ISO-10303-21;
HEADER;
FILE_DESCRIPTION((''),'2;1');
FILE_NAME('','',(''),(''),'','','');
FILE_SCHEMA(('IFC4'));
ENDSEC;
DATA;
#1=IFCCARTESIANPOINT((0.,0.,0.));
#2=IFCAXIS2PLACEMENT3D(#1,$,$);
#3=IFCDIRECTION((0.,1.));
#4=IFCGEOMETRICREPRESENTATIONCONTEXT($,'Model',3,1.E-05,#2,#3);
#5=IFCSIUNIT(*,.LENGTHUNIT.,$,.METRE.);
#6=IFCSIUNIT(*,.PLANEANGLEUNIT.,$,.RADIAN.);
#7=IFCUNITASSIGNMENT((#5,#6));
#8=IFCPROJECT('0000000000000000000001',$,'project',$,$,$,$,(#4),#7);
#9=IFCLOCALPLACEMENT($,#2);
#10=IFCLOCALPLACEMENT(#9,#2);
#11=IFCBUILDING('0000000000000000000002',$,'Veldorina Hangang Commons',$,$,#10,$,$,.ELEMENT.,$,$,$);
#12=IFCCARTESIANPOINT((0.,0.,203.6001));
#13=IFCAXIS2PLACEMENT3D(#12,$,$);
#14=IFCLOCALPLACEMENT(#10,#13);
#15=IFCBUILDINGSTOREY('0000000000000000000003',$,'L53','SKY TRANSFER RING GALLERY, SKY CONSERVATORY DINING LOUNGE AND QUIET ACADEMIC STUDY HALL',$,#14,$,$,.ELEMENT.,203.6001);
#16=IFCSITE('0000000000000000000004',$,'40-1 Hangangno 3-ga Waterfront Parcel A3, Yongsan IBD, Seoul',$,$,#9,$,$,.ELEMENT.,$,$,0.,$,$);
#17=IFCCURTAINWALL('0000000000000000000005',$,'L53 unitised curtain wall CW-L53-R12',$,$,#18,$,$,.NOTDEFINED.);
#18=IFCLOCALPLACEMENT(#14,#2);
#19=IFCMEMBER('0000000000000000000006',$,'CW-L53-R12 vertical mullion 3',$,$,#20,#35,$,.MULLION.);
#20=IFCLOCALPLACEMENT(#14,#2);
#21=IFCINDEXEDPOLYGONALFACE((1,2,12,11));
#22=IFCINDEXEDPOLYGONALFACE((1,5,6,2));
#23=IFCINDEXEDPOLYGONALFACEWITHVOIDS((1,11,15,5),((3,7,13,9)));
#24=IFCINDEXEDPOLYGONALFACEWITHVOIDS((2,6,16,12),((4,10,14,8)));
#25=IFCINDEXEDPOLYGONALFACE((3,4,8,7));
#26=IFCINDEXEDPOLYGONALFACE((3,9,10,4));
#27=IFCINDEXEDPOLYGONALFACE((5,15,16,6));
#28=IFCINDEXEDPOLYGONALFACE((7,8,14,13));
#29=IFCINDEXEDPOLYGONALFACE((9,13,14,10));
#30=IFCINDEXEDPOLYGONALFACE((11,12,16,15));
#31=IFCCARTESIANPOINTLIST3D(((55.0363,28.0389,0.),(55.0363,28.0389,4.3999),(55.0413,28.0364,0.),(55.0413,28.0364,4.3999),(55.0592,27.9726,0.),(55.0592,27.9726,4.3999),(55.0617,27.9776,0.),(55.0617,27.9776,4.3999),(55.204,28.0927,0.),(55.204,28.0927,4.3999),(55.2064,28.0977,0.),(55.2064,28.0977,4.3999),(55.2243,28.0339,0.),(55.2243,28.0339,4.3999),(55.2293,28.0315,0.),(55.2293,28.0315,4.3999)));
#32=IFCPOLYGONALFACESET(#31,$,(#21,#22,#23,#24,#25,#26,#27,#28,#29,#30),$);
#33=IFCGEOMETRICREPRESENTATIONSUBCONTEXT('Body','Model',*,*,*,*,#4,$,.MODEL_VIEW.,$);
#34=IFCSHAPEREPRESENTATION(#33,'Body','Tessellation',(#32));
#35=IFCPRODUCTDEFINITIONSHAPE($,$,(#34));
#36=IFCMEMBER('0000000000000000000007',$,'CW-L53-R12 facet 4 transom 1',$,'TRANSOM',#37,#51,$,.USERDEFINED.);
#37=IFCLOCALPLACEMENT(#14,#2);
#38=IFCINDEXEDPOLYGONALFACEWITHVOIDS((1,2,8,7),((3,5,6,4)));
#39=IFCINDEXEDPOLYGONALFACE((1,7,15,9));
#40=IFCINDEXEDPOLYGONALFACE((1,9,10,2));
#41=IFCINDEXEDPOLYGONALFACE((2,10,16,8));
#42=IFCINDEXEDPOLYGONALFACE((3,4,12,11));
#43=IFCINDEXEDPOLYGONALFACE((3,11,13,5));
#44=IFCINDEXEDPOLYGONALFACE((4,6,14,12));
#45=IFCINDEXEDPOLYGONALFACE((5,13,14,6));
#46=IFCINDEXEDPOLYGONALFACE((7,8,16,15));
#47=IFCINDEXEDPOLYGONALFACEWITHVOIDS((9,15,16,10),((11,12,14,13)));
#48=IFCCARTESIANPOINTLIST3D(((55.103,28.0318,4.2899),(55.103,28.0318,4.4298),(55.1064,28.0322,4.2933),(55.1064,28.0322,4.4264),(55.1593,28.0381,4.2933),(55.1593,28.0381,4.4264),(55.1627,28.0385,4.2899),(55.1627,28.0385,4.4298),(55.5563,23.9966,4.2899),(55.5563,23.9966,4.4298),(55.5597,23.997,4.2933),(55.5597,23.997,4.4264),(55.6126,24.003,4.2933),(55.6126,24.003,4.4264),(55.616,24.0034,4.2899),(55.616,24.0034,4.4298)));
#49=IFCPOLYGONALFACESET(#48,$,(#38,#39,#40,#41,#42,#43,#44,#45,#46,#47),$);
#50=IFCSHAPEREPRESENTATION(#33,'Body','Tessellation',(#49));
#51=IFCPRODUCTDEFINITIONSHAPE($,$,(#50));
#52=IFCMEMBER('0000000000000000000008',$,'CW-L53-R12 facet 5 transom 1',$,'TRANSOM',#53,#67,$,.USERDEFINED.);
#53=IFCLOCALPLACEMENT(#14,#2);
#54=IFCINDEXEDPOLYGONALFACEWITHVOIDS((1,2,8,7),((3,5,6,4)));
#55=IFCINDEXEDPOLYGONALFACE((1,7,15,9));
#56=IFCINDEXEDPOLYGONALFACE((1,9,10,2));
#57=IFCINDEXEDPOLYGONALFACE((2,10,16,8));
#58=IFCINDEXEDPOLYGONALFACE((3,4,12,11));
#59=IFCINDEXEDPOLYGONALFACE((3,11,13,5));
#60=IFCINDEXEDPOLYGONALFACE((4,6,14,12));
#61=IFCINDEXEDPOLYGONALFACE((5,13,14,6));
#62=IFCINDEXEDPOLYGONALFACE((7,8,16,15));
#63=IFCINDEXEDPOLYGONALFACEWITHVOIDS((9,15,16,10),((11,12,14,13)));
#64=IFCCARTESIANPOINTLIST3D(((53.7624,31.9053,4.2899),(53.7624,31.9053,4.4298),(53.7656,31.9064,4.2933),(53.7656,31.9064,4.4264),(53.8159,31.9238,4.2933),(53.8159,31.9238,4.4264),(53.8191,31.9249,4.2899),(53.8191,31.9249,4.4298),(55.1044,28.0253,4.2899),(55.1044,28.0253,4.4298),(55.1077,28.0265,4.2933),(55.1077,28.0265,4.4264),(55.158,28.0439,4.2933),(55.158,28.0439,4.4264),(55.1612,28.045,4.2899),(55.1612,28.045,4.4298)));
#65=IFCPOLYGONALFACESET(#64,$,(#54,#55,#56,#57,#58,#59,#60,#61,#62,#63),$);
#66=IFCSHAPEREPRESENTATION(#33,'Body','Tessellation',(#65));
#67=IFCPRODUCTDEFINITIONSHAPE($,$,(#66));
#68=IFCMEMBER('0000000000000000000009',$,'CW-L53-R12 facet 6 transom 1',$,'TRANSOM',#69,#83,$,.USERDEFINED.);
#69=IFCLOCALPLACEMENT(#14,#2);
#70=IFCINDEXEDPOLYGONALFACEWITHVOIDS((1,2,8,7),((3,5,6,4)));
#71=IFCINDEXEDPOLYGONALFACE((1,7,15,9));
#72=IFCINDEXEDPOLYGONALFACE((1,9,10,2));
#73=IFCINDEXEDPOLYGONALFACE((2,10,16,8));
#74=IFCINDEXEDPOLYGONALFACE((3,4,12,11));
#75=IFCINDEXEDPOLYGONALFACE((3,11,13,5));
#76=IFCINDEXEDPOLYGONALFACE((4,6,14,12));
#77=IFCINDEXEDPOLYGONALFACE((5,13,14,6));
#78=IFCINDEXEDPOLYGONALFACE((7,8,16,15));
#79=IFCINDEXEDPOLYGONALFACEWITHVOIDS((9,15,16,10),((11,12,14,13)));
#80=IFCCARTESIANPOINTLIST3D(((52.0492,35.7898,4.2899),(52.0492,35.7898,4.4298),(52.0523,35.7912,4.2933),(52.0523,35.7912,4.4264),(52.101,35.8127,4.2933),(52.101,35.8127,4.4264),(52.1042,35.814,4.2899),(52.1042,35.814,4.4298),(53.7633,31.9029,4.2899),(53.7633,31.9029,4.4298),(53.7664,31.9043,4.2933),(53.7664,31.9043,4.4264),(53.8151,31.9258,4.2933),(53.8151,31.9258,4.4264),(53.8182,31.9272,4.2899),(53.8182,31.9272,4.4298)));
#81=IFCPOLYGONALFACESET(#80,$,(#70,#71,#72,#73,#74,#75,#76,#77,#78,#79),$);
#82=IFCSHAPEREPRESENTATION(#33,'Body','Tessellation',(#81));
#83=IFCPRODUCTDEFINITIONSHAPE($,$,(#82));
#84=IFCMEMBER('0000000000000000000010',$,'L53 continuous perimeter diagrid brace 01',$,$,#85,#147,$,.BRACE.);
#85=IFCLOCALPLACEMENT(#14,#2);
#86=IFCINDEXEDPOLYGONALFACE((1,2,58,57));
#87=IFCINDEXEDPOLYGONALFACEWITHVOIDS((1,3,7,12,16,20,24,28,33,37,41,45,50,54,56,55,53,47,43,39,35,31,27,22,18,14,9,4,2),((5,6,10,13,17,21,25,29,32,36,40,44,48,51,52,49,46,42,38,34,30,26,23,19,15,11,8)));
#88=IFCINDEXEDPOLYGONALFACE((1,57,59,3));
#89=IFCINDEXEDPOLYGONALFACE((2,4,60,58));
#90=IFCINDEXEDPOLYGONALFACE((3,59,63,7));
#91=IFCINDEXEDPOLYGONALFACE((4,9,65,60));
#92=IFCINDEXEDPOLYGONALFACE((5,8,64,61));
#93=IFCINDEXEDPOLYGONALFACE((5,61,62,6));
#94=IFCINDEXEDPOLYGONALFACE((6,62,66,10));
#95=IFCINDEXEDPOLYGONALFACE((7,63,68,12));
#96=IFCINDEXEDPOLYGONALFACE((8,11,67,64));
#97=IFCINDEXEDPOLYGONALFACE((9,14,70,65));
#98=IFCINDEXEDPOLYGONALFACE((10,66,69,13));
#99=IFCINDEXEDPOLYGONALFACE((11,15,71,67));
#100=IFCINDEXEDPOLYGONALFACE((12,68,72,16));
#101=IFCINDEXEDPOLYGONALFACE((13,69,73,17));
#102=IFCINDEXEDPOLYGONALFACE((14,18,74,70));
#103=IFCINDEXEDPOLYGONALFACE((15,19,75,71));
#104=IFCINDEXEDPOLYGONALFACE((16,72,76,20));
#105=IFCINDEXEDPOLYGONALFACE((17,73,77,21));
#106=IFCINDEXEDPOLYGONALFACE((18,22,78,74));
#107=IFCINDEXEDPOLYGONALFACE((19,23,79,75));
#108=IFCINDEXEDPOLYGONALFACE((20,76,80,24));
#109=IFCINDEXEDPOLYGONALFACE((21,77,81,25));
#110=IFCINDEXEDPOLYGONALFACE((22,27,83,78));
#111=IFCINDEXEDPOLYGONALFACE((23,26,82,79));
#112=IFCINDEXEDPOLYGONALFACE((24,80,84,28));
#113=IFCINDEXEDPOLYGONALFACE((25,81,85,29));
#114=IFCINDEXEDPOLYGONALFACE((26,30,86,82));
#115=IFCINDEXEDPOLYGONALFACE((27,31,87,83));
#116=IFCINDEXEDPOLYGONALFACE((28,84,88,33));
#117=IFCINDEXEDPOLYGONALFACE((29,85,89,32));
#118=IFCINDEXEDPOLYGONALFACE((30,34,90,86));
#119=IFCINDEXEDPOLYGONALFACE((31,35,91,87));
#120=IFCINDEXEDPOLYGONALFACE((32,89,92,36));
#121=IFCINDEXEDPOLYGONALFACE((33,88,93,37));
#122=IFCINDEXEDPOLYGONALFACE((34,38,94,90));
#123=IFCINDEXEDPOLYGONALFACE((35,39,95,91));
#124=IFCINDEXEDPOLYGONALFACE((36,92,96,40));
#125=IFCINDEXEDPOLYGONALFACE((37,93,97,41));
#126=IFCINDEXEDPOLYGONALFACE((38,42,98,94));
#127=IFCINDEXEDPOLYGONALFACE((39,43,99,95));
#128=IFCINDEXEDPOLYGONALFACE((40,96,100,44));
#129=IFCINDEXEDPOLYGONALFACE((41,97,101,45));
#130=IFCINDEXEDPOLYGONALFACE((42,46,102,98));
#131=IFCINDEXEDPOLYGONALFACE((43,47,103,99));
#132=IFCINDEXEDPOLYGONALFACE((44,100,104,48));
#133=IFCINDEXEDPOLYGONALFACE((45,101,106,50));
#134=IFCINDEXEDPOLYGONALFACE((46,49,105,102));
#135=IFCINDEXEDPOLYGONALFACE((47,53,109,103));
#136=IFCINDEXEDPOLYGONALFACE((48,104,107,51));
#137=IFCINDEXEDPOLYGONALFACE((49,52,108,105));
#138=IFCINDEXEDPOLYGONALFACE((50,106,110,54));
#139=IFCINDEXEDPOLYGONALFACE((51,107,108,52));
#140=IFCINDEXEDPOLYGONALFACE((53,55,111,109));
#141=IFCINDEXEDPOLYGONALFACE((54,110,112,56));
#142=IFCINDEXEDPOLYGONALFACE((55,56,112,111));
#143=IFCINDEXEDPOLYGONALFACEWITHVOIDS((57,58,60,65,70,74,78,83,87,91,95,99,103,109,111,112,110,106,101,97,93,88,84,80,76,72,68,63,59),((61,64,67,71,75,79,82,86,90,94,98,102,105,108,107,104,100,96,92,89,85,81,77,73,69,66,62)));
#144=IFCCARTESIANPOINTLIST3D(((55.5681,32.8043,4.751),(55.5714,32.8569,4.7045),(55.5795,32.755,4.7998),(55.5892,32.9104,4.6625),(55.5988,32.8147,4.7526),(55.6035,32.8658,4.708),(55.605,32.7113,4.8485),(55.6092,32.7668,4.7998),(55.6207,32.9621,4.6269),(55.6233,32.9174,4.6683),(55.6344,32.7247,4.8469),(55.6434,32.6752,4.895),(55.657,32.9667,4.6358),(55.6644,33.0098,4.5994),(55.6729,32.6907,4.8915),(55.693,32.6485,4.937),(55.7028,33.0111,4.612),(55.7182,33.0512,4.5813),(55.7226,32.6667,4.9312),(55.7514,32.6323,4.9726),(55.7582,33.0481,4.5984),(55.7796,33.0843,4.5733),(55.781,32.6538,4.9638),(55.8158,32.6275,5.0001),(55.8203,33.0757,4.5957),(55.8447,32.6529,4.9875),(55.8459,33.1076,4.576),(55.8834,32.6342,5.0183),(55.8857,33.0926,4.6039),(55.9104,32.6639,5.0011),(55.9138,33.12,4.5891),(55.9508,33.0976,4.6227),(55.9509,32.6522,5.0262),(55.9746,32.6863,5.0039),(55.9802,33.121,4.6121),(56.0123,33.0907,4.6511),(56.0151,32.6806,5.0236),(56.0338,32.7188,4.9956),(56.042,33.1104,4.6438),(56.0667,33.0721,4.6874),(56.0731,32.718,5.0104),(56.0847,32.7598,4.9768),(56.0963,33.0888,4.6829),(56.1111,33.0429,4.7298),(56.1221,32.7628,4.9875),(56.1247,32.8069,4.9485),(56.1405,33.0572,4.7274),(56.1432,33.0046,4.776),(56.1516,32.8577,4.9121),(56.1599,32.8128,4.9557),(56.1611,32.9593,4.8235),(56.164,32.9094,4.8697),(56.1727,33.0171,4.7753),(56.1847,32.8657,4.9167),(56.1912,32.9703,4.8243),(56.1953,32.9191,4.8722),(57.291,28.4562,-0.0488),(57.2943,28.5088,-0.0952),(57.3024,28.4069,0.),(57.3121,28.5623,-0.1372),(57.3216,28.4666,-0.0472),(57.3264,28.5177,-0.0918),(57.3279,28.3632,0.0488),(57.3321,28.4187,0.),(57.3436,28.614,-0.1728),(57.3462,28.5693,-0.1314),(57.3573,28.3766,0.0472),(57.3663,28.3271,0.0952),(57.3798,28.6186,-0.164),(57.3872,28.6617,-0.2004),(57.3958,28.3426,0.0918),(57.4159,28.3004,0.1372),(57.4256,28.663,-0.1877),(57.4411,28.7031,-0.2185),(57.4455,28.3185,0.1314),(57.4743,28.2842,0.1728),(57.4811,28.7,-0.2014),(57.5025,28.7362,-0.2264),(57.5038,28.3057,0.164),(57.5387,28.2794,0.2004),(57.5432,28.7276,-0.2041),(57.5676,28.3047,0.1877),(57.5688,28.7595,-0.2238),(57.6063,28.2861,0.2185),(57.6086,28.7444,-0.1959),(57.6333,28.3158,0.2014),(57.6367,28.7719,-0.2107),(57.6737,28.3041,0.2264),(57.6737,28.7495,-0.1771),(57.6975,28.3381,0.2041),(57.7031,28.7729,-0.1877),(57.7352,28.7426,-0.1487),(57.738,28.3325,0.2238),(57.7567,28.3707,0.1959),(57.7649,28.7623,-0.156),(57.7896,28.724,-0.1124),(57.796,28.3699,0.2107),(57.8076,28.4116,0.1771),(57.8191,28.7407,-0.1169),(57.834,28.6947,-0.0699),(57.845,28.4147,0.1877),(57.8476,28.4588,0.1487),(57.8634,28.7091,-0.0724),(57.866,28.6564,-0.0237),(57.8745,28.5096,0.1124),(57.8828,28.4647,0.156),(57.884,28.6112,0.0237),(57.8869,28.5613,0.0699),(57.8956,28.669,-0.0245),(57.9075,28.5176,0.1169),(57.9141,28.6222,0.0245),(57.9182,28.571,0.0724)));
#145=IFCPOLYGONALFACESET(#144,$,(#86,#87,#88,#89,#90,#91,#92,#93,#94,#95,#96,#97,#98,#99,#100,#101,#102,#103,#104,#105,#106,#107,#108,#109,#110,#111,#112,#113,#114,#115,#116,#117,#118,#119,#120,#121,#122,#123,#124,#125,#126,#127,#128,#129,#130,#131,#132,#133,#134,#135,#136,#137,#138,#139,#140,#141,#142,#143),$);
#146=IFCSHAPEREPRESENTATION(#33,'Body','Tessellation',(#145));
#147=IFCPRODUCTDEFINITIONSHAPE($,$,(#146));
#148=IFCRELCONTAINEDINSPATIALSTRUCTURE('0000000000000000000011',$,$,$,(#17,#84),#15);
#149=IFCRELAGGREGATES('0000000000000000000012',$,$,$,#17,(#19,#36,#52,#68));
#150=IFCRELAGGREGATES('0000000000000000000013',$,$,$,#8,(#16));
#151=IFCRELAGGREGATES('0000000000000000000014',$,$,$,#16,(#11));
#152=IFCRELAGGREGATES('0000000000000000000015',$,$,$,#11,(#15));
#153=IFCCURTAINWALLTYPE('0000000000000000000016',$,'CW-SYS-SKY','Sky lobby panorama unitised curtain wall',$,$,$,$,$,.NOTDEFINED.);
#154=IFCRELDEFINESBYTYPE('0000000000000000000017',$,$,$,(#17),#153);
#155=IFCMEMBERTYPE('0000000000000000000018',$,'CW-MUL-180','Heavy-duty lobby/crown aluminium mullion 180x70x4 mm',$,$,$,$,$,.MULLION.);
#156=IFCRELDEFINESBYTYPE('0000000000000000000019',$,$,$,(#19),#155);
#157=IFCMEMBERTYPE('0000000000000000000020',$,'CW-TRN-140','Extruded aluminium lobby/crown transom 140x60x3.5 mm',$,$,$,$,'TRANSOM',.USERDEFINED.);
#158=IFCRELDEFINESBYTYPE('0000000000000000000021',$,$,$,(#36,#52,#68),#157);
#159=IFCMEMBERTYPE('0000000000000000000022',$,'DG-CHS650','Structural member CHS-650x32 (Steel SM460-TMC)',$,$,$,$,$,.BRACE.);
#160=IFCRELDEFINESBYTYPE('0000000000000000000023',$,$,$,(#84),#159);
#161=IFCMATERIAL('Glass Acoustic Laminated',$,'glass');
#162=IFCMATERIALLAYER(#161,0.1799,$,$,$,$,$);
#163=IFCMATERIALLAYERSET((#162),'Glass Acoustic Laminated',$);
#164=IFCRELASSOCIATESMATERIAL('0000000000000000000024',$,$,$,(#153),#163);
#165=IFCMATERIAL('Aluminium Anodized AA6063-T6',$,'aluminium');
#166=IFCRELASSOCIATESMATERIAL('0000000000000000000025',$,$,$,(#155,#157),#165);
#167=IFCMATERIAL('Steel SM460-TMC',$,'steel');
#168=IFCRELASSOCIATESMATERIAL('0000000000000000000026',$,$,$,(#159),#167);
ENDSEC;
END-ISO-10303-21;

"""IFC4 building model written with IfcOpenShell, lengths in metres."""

from ifc_helpers import new_model, si_unit, direction, frame, origin, origin_2d, place, context, subcontext, project, spatial, hollow_rectangle, hollow_circle, extrude, material, layer, layer_set, material_profile, profile_set, type_object, element, aggregate, save


model = new_model("IFC4")

# Units and contexts
model_context = context("Model", 3, precision=1e-05, world=origin(), true_north=direction((0.0, 1.0)))
body_context = subcontext(model_context, "Body", "Model", "MODEL_VIEW")
ifc_project = project(units=[si_unit("LENGTHUNIT", "METRE"), si_unit("PLANEANGLEUNIT", "RADIAN")], contexts=[model_context])

# Site, building, storey
site_placement = place(None, origin())
site = spatial("IfcSite", under=ifc_project, at=site_placement, Name="40-1 Hangangno 3-ga Waterfront Parcel A3, Yongsan IBD, Seoul", CompositionType="ELEMENT", RefElevation=0.0)
building_placement = place(site_placement, origin())
building = spatial("IfcBuilding", under=site, at=building_placement, Name="Veldorina Hangang Commons", CompositionType="ELEMENT")
storey_placement = place(building_placement, frame((0.0, 0.0, 203.6001)))
storey = spatial("IfcBuildingStorey", under=building, at=storey_placement, Name="L53", Description="SKY TRANSFER RING GALLERY, SKY CONSERVATORY DINING LOUNGE AND QUIET ACADEMIC STUDY HALL", CompositionType="ELEMENT", Elevation=203.6001)

# Curtain wall, members
ifc_material_1 = material(Name="Glass Acoustic Laminated", Category="glass")
ifc_layer_1 = layer(ifc_material_1, 0.1799)
ifc_layer_set_1 = layer_set([ifc_layer_1], Name="Glass Acoustic Laminated")
curtain_wall_type = type_object("IfcCurtainWallType", Name="CW-SYS-SKY", Description="Sky lobby panorama unitised curtain wall", PredefinedType="NOTDEFINED", material=ifc_layer_set_1)
curtain_wall_placement = place(storey_placement, origin())
curtain_wall = element("IfcCurtainWall", 1, at=curtain_wall_placement, inside=storey, type_object=curtain_wall_type, Name="L53 unitised curtain wall CW-L53-R12", PredefinedType="NOTDEFINED")
ifc_material_2 = material(Name="Aluminium Anodized AA6063-T6", Category="aluminium")
ifc_material_profile_1 = material_profile(ifc_material_2, hollow_rectangle(XDim=0.0701, YDim=0.1799, WallThickness=0.0039, at=origin_2d()), Name="ALU-RHS-180x70x4")
ifc_profile_set_1 = profile_set([ifc_material_profile_1], Name="Aluminium Anodized AA6063-T6")
member_type_1 = type_object("IfcMemberType", Name="CW-MUL-180", Description="Heavy-duty lobby/crown aluminium mullion 180x70x4 mm", PredefinedType="MULLION", material=ifc_profile_set_1)
member_1_placement = place(storey_placement, frame((55.1328, 28.0352, 0.0), z_axis=(0.0, 0.0, 1.0), x_axis=(-0.326921, 0.945052, 0.0)))
member_1 = element("IfcMember", 2, at=member_1_placement, type_object=member_type_1, Name="CW-L53-R12 vertical mullion 3", PredefinedType="MULLION", context=body_context, shape_type="SweptSolid", body=[
    extrude(hollow_rectangle(XDim=0.0701, YDim=0.1799, WallThickness=0.0039, at=origin_2d()), origin(), (0.0, 0.0, 1.0), 4.3999),
])
ifc_material_profile_2 = material_profile(ifc_material_2, hollow_rectangle(XDim=0.0601, YDim=0.1399, WallThickness=0.0034, at=origin_2d()), Name="ALU-RHS-140x60x3.5")
ifc_profile_set_2 = profile_set([ifc_material_profile_2], Name="Aluminium Anodized AA6063-T6")
member_type_2 = type_object("IfcMemberType", Name="CW-TRN-140", Description="Extruded aluminium lobby/crown transom 140x60x3.5 mm", ElementType="TRANSOM", PredefinedType="USERDEFINED", material=ifc_profile_set_2)
member_2_placement = place(storey_placement, frame((55.5862, 24.0, 4.3599), z_axis=(-0.111652, 0.993747, 0.0), x_axis=(-0.993747, -0.111652, 0.0)))
member_2 = element("IfcMember", 3, at=member_2_placement, type_object=member_type_2, Name="CW-L53-R12 facet 4 transom 1", ObjectType="TRANSOM", PredefinedType="USERDEFINED", context=body_context, shape_type="SweptSolid", body=[
    extrude(hollow_rectangle(XDim=0.0601, YDim=0.1399, WallThickness=0.0034, at=origin_2d()), origin(), (0.0, 0.0, 1.0), 4.0605),
])
member_3_placement = place(storey_placement, frame((55.1328, 28.0352, 4.3599), z_axis=(-0.326894, 0.945061, 0.0), x_axis=(-0.945061, -0.326894, 0.0)))
member_3 = element("IfcMember", 4, at=member_3_placement, type_object=member_type_2, Name="CW-L53-R12 facet 5 transom 1", ObjectType="TRANSOM", PredefinedType="USERDEFINED", context=body_context, shape_type="SweptSolid", body=[
    extrude(hollow_rectangle(XDim=0.0601, YDim=0.1399, WallThickness=0.0034, at=origin_2d()), origin(), (0.0, 0.0, 1.0), 4.1055),
])
member_4_placement = place(storey_placement, frame((53.7908, 31.915, 4.3599), z_axis=(-0.403497, 0.914981, 0.0), x_axis=(-0.914981, -0.403497, 0.0)))
member_4 = element("IfcMember", 5, at=member_4_placement, type_object=member_type_2, Name="CW-L53-R12 facet 6 transom 1", ObjectType="TRANSOM", PredefinedType="USERDEFINED", context=body_context, shape_type="SweptSolid", body=[
    extrude(hollow_rectangle(XDim=0.0601, YDim=0.1399, WallThickness=0.0034, at=origin_2d()), origin(), (0.0, 0.0, 1.0), 4.248),
])

# Member
ifc_material_3 = material(Name="Steel SM460-TMC", Category="steel")
ifc_material_profile_3 = material_profile(ifc_material_3, hollow_circle(Radius=0.325, WallThickness=0.032, at=origin_2d()), Name="CHS-650x32")
ifc_profile_set_3 = profile_set([ifc_material_profile_3], Name="Steel SM460-TMC")
member_type_3 = type_object("IfcMemberType", Name="DG-CHS650", Description="Structural member CHS-650x32 (Steel SM460-TMC)", PredefinedType="BRACE", material=ifc_profile_set_3)
member_5_placement = place(storey_placement, frame((57.6045, 28.5266, 0.0), z_axis=(-0.257084, 0.648812, 0.716206), x_axis=(-0.929678, -0.368374, 0.0)))
element("IfcMember", 6, at=member_5_placement, inside=storey, type_object=member_type_3, Name="L53 continuous perimeter diagrid brace 01", PredefinedType="BRACE", context=body_context, shape_type="SweptSolid", body=[
    extrude(hollow_circle(Radius=0.325, WallThickness=0.032, at=origin_2d()), origin(), (0.0, 0.0, 1.0), 6.7017),
])

aggregate(curtain_wall, [member_1, member_2, member_3, member_4])

save(model, "model.ifc")
